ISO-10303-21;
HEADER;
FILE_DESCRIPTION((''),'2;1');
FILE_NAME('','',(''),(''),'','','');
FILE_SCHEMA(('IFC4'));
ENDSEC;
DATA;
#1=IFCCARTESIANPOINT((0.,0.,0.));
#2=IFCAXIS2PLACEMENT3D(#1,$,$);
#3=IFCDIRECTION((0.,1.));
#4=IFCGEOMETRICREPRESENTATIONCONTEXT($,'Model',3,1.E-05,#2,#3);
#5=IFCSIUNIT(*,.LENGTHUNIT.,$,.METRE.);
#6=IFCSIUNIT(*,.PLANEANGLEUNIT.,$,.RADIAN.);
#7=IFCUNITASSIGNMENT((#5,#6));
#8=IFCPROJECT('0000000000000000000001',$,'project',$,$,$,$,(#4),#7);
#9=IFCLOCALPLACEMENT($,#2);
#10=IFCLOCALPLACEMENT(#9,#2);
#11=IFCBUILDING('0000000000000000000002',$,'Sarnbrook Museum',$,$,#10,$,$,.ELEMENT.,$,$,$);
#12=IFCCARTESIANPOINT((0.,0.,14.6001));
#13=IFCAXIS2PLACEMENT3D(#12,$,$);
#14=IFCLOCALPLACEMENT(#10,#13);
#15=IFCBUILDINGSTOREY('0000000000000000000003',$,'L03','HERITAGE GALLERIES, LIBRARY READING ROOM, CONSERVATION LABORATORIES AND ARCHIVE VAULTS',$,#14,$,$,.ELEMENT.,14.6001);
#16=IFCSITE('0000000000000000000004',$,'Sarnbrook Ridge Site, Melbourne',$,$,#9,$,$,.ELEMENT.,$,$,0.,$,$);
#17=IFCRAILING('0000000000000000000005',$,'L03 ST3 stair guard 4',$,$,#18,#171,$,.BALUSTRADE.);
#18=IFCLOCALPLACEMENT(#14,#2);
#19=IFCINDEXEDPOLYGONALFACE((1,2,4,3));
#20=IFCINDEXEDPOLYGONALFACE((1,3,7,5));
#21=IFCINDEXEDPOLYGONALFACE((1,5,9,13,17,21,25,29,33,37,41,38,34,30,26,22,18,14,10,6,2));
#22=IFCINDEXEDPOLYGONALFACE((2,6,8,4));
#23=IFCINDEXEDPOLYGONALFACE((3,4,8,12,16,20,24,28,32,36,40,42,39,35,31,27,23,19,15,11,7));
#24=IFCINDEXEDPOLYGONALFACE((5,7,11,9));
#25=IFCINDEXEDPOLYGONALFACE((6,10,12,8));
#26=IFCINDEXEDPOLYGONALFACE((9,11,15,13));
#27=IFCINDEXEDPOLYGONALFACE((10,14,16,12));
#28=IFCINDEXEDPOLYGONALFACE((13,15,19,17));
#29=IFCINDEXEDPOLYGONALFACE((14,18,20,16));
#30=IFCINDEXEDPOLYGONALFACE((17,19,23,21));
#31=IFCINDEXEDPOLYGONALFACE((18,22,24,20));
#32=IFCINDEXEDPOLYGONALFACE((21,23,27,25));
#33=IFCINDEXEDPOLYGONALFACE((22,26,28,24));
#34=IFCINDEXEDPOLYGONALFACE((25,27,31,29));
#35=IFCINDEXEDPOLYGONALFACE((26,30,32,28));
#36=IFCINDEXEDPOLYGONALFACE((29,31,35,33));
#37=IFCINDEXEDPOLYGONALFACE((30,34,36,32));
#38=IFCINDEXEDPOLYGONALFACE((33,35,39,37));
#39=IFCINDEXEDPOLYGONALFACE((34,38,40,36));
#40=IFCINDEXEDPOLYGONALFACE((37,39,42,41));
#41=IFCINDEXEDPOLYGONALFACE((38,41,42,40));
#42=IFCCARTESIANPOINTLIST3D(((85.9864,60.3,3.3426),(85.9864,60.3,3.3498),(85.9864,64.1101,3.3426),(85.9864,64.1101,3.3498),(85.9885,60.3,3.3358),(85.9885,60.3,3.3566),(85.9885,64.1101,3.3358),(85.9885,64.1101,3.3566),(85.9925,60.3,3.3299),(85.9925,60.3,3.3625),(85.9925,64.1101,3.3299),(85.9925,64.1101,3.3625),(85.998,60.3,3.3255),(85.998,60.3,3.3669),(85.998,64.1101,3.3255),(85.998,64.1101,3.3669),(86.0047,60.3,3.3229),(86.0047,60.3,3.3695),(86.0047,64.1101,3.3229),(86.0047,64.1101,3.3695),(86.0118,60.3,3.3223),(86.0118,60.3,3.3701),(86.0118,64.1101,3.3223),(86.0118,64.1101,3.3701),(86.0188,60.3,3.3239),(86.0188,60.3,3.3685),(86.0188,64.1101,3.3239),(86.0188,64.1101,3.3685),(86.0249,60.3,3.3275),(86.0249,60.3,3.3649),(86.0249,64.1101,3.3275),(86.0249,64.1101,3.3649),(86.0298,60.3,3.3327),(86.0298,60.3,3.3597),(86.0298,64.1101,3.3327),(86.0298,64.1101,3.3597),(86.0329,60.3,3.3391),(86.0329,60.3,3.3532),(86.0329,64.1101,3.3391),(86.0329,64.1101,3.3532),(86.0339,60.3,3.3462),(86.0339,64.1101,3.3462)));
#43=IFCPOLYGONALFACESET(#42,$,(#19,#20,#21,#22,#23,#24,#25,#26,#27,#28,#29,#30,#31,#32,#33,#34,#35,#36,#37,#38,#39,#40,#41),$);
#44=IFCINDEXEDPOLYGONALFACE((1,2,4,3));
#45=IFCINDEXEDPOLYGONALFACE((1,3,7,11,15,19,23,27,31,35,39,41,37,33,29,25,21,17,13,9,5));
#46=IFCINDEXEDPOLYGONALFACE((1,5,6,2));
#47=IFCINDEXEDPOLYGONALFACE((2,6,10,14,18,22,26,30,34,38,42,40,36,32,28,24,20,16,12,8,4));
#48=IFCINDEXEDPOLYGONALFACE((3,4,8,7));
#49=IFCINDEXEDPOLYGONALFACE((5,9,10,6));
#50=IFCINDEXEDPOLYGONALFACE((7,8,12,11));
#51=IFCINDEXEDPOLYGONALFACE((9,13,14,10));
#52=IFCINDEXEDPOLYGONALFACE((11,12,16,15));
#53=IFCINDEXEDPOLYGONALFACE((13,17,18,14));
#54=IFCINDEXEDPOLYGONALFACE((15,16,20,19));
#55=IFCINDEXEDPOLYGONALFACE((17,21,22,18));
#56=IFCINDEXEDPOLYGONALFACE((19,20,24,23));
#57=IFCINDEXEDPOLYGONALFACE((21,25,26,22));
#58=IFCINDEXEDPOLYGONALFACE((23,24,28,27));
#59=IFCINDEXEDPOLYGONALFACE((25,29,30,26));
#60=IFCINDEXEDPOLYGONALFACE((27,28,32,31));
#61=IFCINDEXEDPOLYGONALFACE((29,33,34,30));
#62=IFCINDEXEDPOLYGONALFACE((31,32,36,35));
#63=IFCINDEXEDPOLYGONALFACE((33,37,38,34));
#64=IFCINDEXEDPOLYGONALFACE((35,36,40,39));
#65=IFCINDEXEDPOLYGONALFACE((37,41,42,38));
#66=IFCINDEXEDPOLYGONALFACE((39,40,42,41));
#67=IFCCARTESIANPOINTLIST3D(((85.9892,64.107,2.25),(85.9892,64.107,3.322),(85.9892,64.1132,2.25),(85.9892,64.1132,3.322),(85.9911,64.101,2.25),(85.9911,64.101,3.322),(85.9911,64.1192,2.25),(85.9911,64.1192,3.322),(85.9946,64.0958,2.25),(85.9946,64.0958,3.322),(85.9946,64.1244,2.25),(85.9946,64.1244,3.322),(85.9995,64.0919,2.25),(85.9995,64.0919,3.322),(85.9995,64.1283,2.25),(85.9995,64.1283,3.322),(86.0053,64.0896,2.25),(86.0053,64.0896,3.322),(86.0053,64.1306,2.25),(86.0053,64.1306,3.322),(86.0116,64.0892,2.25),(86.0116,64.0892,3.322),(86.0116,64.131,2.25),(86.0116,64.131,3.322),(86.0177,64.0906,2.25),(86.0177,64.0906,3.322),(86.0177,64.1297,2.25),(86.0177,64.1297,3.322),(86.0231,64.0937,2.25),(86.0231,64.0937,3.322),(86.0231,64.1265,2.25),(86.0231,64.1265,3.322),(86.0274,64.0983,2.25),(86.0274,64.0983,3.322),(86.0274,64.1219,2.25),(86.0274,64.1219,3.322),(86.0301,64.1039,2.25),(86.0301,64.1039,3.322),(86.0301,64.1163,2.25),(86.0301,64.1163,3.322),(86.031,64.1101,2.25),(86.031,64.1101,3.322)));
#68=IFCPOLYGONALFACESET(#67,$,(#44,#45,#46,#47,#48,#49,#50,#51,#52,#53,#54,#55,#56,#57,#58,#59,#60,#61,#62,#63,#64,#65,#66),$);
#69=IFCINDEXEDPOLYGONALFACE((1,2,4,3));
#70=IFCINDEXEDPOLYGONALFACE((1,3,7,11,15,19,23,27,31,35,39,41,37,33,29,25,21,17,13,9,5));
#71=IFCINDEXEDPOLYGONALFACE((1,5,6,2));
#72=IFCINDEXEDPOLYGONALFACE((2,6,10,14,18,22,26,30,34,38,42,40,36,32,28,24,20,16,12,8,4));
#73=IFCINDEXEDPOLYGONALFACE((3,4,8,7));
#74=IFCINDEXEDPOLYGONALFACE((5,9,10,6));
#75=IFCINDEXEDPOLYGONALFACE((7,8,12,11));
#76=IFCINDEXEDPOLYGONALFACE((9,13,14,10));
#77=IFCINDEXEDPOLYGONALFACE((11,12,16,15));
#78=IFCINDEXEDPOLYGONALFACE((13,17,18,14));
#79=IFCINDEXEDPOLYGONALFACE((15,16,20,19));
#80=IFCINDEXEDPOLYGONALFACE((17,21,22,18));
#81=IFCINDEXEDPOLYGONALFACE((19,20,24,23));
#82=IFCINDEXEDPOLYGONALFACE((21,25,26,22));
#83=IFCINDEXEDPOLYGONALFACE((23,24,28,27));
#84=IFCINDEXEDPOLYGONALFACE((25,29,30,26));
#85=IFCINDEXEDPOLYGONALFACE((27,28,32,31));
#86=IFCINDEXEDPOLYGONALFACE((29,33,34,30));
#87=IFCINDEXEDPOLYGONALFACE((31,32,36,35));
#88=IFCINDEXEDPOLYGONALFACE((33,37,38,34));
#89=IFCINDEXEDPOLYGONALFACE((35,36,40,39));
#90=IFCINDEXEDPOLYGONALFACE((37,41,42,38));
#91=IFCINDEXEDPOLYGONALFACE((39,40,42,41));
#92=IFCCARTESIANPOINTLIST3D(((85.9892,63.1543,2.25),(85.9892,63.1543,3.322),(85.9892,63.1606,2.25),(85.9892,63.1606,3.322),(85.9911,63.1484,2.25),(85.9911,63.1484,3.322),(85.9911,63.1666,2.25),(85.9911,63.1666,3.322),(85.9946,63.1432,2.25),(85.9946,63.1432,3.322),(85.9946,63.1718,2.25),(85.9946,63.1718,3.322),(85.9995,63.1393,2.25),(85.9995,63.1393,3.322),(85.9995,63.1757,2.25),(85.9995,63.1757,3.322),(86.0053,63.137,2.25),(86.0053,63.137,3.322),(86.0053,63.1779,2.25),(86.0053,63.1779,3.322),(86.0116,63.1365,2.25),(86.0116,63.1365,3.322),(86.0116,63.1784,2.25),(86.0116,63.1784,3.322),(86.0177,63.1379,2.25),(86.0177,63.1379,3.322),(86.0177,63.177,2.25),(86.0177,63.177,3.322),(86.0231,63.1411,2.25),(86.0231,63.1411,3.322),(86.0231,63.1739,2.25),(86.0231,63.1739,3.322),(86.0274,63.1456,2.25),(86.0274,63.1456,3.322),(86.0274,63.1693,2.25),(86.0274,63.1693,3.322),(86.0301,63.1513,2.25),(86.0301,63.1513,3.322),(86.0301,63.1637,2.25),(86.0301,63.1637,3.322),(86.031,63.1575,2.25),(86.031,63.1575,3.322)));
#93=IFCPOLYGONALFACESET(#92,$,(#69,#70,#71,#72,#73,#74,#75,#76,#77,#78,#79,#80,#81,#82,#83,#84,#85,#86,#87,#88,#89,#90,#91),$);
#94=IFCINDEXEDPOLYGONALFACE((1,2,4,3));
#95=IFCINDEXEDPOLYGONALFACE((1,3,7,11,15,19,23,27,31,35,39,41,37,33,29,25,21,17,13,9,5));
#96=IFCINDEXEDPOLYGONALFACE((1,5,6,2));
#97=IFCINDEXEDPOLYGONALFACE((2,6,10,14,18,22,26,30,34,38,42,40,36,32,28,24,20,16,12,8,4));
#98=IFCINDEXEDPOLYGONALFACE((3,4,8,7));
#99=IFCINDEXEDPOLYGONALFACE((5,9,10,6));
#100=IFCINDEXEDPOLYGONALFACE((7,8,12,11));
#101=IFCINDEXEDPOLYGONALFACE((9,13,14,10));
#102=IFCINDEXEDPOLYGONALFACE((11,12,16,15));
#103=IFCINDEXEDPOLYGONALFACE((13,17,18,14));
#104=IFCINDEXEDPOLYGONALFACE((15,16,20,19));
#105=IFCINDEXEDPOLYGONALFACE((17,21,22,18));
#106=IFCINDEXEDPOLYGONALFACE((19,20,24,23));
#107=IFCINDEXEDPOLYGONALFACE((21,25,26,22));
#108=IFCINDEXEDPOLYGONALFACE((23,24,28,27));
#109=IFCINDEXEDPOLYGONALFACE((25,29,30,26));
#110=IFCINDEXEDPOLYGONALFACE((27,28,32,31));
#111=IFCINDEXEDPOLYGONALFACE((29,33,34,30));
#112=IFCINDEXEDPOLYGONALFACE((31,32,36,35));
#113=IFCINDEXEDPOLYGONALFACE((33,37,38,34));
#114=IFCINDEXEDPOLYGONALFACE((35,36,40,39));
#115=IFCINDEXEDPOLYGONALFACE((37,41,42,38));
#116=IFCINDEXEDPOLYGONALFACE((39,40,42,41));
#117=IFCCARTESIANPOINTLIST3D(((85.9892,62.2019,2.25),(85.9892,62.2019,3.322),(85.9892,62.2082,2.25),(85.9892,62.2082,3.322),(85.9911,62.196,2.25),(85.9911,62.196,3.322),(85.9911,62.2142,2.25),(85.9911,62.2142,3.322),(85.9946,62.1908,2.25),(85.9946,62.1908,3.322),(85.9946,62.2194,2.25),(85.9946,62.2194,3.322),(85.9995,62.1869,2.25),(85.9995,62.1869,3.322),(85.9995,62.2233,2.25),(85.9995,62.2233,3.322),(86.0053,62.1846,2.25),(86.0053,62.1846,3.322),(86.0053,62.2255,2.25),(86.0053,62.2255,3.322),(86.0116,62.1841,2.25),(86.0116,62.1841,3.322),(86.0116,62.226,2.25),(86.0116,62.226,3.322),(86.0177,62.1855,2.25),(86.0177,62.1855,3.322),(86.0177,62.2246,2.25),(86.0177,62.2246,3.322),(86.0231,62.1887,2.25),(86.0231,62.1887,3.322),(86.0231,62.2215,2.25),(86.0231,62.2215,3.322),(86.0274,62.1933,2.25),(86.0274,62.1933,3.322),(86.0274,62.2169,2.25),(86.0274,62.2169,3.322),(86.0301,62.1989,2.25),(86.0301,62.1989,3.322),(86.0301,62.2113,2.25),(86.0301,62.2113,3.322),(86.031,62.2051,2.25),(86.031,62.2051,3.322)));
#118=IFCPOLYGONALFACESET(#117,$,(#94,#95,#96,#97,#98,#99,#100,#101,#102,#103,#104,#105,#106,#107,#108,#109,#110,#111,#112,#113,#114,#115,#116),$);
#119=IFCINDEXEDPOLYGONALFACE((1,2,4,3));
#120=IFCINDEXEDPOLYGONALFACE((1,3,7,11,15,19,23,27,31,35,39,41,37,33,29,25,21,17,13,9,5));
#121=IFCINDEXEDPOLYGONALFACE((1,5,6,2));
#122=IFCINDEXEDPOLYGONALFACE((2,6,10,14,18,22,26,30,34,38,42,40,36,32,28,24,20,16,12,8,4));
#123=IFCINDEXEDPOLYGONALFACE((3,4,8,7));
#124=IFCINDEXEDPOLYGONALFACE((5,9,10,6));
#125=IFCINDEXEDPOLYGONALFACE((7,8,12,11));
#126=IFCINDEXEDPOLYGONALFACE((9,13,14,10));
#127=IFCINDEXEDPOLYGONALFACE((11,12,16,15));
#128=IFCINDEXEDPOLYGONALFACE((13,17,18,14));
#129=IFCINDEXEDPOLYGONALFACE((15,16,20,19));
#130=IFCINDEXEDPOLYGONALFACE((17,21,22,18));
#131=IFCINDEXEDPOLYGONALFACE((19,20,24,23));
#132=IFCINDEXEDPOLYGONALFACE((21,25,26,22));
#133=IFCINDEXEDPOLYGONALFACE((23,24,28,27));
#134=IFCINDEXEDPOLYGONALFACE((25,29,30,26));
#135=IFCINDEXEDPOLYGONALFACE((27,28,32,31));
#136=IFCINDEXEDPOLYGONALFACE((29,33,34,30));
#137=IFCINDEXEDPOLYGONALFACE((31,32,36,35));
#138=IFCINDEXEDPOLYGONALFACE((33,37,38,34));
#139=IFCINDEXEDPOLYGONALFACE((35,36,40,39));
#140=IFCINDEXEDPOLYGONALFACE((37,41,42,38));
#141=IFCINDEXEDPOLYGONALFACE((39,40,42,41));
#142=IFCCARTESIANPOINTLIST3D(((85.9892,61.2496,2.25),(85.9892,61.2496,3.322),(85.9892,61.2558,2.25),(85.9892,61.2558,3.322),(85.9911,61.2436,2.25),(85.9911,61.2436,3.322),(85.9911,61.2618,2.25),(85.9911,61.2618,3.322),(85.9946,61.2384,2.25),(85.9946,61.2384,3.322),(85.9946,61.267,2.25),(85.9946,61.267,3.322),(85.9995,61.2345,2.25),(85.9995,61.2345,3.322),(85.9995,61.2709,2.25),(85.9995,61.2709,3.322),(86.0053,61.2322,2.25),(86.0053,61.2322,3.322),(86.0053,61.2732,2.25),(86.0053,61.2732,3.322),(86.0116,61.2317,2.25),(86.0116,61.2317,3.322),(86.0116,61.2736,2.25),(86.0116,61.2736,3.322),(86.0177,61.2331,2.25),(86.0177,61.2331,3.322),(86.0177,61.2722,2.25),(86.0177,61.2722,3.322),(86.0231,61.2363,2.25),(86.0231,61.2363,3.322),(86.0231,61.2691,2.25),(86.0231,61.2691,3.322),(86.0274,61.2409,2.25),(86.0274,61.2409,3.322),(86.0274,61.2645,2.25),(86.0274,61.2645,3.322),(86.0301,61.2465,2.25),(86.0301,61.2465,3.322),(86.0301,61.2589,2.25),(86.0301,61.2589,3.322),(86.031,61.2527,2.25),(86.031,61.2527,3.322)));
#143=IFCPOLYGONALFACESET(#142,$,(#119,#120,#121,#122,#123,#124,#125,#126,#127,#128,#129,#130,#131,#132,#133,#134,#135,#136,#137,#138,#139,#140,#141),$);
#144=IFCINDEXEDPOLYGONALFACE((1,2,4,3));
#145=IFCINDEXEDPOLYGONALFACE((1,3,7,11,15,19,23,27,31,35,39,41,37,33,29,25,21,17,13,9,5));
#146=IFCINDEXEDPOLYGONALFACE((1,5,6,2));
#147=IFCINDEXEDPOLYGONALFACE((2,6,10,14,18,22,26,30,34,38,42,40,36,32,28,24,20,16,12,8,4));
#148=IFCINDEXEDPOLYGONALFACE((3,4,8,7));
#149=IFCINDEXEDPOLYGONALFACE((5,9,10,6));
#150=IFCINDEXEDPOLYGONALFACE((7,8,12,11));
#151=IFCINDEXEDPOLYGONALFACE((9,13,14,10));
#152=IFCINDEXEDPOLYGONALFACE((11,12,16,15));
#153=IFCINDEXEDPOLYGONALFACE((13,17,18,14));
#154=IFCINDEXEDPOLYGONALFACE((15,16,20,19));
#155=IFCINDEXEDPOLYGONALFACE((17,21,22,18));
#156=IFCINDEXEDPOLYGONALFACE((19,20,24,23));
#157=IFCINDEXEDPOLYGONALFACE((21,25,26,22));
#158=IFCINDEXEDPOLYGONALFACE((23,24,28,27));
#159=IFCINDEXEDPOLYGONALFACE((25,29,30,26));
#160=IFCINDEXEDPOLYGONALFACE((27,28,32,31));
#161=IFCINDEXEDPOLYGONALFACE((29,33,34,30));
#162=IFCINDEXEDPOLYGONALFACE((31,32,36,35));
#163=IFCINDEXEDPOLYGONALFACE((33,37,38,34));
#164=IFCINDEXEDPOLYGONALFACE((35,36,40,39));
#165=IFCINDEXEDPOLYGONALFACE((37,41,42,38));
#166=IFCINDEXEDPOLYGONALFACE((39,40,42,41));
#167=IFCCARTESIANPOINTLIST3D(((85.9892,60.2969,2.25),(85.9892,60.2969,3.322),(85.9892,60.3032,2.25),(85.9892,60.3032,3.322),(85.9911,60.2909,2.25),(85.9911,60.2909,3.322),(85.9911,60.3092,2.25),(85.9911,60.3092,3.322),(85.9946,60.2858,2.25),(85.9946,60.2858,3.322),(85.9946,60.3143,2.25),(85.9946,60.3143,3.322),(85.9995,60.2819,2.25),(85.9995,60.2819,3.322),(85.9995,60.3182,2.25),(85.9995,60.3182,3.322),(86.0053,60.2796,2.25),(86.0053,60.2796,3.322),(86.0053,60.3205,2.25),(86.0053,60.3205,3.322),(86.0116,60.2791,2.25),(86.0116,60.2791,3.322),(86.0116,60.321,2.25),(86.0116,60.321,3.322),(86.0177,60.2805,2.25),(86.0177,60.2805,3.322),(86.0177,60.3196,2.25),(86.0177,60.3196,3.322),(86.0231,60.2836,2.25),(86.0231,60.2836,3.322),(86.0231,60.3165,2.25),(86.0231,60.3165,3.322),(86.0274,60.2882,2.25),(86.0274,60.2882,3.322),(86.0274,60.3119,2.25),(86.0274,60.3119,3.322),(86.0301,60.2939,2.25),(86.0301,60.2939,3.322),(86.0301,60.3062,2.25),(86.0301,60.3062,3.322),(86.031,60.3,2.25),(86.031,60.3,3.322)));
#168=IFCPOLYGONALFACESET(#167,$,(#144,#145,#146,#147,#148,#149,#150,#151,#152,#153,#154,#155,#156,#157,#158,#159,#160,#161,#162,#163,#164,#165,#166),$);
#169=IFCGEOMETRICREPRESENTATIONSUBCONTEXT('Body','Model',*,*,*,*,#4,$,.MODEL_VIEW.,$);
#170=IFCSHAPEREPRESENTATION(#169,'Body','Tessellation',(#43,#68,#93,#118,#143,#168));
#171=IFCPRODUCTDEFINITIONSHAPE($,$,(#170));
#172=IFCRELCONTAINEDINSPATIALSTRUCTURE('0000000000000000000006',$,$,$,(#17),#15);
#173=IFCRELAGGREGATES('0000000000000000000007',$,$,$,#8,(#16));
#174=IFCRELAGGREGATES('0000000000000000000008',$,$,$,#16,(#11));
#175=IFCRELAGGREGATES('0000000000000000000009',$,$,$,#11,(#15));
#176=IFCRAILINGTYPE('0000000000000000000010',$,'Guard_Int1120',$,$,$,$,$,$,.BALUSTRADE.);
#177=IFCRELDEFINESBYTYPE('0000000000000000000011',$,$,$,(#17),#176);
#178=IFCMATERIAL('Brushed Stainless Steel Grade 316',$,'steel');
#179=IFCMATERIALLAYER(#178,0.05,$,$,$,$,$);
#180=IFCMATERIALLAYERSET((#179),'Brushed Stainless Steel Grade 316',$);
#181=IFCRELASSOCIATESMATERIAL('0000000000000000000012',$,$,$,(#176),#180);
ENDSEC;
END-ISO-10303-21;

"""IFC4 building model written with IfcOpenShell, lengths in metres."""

from ifc_helpers import new_model, si_unit, direction, frame, origin, origin_2d, place, context, subcontext, project, spatial, circle, extrude, material, layer, layer_set, type_object, element, save


model = new_model("IFC4")

# Units and contexts
model_context = context("Model", 3, precision=1e-05, world=origin(), true_north=direction((0.0, 1.0)))
body_context = subcontext(model_context, "Body", "Model", "MODEL_VIEW")
ifc_project = project(units=[si_unit("LENGTHUNIT", "METRE"), si_unit("PLANEANGLEUNIT", "RADIAN")], contexts=[model_context])

# Site, building, storey
site_placement = place(None, origin())
site = spatial("IfcSite", under=ifc_project, at=site_placement, Name="Sarnbrook Ridge Site, Melbourne", CompositionType="ELEMENT", RefElevation=0.0)
building_placement = place(site_placement, origin())
building = spatial("IfcBuilding", under=site, at=building_placement, Name="Sarnbrook Museum", CompositionType="ELEMENT")
storey_placement = place(building_placement, frame((0.0, 0.0, 14.6001)))
storey = spatial("IfcBuildingStorey", under=building, at=storey_placement, Name="L03", Description="HERITAGE GALLERIES, LIBRARY READING ROOM, CONSERVATION LABORATORIES AND ARCHIVE VAULTS", CompositionType="ELEMENT", Elevation=14.6001)

# Railing
ifc_material_1 = material(Name="Brushed Stainless Steel Grade 316", Category="steel")
ifc_layer_1 = layer(ifc_material_1, 0.05)
ifc_layer_set_1 = layer_set([ifc_layer_1], Name="Brushed Stainless Steel Grade 316")
railing_type_1 = type_object("IfcRailingType", Name="Guard_Int1120", PredefinedType="BALUSTRADE", material=ifc_layer_set_1)
railing_1_placement = place(storey_placement, frame((86.01, 64.1101, 2.25)))
element("IfcRailing", 1, at=railing_1_placement, inside=storey, type_object=railing_type_1, Name="L03 ST3 stair guard 4", PredefinedType="BALUSTRADE", context=body_context, shape_type="SweptSolid", body=[
    extrude(circle(Radius=0.0239, at=origin_2d()), frame((0.0, 0.0, 1.0962), z_axis=(0.0, -1.0, 0.0), x_axis=(1.0, 0.0, 0.0)), (0.0, 0.0, 1.0), 3.8101),
    extrude(circle(Radius=0.021, at=origin_2d()), origin(), (0.0, 0.0, 1.0), 1.072),
    extrude(circle(Radius=0.021, at=origin_2d()), frame((0.0, -0.9526, 0.0)), (0.0, 0.0, 1.0), 1.072),
    extrude(circle(Radius=0.021, at=origin_2d()), frame((0.0, -1.905, 0.0)), (0.0, 0.0, 1.0), 1.072),
    extrude(circle(Radius=0.021, at=origin_2d()), frame((0.0, -2.8574, 0.0)), (0.0, 0.0, 1.0), 1.072),
    extrude(circle(Radius=0.021, at=origin_2d()), frame((0.0, -3.8101, 0.0)), (0.0, 0.0, 1.0), 1.072),
])

save(model, "model.ifc")
